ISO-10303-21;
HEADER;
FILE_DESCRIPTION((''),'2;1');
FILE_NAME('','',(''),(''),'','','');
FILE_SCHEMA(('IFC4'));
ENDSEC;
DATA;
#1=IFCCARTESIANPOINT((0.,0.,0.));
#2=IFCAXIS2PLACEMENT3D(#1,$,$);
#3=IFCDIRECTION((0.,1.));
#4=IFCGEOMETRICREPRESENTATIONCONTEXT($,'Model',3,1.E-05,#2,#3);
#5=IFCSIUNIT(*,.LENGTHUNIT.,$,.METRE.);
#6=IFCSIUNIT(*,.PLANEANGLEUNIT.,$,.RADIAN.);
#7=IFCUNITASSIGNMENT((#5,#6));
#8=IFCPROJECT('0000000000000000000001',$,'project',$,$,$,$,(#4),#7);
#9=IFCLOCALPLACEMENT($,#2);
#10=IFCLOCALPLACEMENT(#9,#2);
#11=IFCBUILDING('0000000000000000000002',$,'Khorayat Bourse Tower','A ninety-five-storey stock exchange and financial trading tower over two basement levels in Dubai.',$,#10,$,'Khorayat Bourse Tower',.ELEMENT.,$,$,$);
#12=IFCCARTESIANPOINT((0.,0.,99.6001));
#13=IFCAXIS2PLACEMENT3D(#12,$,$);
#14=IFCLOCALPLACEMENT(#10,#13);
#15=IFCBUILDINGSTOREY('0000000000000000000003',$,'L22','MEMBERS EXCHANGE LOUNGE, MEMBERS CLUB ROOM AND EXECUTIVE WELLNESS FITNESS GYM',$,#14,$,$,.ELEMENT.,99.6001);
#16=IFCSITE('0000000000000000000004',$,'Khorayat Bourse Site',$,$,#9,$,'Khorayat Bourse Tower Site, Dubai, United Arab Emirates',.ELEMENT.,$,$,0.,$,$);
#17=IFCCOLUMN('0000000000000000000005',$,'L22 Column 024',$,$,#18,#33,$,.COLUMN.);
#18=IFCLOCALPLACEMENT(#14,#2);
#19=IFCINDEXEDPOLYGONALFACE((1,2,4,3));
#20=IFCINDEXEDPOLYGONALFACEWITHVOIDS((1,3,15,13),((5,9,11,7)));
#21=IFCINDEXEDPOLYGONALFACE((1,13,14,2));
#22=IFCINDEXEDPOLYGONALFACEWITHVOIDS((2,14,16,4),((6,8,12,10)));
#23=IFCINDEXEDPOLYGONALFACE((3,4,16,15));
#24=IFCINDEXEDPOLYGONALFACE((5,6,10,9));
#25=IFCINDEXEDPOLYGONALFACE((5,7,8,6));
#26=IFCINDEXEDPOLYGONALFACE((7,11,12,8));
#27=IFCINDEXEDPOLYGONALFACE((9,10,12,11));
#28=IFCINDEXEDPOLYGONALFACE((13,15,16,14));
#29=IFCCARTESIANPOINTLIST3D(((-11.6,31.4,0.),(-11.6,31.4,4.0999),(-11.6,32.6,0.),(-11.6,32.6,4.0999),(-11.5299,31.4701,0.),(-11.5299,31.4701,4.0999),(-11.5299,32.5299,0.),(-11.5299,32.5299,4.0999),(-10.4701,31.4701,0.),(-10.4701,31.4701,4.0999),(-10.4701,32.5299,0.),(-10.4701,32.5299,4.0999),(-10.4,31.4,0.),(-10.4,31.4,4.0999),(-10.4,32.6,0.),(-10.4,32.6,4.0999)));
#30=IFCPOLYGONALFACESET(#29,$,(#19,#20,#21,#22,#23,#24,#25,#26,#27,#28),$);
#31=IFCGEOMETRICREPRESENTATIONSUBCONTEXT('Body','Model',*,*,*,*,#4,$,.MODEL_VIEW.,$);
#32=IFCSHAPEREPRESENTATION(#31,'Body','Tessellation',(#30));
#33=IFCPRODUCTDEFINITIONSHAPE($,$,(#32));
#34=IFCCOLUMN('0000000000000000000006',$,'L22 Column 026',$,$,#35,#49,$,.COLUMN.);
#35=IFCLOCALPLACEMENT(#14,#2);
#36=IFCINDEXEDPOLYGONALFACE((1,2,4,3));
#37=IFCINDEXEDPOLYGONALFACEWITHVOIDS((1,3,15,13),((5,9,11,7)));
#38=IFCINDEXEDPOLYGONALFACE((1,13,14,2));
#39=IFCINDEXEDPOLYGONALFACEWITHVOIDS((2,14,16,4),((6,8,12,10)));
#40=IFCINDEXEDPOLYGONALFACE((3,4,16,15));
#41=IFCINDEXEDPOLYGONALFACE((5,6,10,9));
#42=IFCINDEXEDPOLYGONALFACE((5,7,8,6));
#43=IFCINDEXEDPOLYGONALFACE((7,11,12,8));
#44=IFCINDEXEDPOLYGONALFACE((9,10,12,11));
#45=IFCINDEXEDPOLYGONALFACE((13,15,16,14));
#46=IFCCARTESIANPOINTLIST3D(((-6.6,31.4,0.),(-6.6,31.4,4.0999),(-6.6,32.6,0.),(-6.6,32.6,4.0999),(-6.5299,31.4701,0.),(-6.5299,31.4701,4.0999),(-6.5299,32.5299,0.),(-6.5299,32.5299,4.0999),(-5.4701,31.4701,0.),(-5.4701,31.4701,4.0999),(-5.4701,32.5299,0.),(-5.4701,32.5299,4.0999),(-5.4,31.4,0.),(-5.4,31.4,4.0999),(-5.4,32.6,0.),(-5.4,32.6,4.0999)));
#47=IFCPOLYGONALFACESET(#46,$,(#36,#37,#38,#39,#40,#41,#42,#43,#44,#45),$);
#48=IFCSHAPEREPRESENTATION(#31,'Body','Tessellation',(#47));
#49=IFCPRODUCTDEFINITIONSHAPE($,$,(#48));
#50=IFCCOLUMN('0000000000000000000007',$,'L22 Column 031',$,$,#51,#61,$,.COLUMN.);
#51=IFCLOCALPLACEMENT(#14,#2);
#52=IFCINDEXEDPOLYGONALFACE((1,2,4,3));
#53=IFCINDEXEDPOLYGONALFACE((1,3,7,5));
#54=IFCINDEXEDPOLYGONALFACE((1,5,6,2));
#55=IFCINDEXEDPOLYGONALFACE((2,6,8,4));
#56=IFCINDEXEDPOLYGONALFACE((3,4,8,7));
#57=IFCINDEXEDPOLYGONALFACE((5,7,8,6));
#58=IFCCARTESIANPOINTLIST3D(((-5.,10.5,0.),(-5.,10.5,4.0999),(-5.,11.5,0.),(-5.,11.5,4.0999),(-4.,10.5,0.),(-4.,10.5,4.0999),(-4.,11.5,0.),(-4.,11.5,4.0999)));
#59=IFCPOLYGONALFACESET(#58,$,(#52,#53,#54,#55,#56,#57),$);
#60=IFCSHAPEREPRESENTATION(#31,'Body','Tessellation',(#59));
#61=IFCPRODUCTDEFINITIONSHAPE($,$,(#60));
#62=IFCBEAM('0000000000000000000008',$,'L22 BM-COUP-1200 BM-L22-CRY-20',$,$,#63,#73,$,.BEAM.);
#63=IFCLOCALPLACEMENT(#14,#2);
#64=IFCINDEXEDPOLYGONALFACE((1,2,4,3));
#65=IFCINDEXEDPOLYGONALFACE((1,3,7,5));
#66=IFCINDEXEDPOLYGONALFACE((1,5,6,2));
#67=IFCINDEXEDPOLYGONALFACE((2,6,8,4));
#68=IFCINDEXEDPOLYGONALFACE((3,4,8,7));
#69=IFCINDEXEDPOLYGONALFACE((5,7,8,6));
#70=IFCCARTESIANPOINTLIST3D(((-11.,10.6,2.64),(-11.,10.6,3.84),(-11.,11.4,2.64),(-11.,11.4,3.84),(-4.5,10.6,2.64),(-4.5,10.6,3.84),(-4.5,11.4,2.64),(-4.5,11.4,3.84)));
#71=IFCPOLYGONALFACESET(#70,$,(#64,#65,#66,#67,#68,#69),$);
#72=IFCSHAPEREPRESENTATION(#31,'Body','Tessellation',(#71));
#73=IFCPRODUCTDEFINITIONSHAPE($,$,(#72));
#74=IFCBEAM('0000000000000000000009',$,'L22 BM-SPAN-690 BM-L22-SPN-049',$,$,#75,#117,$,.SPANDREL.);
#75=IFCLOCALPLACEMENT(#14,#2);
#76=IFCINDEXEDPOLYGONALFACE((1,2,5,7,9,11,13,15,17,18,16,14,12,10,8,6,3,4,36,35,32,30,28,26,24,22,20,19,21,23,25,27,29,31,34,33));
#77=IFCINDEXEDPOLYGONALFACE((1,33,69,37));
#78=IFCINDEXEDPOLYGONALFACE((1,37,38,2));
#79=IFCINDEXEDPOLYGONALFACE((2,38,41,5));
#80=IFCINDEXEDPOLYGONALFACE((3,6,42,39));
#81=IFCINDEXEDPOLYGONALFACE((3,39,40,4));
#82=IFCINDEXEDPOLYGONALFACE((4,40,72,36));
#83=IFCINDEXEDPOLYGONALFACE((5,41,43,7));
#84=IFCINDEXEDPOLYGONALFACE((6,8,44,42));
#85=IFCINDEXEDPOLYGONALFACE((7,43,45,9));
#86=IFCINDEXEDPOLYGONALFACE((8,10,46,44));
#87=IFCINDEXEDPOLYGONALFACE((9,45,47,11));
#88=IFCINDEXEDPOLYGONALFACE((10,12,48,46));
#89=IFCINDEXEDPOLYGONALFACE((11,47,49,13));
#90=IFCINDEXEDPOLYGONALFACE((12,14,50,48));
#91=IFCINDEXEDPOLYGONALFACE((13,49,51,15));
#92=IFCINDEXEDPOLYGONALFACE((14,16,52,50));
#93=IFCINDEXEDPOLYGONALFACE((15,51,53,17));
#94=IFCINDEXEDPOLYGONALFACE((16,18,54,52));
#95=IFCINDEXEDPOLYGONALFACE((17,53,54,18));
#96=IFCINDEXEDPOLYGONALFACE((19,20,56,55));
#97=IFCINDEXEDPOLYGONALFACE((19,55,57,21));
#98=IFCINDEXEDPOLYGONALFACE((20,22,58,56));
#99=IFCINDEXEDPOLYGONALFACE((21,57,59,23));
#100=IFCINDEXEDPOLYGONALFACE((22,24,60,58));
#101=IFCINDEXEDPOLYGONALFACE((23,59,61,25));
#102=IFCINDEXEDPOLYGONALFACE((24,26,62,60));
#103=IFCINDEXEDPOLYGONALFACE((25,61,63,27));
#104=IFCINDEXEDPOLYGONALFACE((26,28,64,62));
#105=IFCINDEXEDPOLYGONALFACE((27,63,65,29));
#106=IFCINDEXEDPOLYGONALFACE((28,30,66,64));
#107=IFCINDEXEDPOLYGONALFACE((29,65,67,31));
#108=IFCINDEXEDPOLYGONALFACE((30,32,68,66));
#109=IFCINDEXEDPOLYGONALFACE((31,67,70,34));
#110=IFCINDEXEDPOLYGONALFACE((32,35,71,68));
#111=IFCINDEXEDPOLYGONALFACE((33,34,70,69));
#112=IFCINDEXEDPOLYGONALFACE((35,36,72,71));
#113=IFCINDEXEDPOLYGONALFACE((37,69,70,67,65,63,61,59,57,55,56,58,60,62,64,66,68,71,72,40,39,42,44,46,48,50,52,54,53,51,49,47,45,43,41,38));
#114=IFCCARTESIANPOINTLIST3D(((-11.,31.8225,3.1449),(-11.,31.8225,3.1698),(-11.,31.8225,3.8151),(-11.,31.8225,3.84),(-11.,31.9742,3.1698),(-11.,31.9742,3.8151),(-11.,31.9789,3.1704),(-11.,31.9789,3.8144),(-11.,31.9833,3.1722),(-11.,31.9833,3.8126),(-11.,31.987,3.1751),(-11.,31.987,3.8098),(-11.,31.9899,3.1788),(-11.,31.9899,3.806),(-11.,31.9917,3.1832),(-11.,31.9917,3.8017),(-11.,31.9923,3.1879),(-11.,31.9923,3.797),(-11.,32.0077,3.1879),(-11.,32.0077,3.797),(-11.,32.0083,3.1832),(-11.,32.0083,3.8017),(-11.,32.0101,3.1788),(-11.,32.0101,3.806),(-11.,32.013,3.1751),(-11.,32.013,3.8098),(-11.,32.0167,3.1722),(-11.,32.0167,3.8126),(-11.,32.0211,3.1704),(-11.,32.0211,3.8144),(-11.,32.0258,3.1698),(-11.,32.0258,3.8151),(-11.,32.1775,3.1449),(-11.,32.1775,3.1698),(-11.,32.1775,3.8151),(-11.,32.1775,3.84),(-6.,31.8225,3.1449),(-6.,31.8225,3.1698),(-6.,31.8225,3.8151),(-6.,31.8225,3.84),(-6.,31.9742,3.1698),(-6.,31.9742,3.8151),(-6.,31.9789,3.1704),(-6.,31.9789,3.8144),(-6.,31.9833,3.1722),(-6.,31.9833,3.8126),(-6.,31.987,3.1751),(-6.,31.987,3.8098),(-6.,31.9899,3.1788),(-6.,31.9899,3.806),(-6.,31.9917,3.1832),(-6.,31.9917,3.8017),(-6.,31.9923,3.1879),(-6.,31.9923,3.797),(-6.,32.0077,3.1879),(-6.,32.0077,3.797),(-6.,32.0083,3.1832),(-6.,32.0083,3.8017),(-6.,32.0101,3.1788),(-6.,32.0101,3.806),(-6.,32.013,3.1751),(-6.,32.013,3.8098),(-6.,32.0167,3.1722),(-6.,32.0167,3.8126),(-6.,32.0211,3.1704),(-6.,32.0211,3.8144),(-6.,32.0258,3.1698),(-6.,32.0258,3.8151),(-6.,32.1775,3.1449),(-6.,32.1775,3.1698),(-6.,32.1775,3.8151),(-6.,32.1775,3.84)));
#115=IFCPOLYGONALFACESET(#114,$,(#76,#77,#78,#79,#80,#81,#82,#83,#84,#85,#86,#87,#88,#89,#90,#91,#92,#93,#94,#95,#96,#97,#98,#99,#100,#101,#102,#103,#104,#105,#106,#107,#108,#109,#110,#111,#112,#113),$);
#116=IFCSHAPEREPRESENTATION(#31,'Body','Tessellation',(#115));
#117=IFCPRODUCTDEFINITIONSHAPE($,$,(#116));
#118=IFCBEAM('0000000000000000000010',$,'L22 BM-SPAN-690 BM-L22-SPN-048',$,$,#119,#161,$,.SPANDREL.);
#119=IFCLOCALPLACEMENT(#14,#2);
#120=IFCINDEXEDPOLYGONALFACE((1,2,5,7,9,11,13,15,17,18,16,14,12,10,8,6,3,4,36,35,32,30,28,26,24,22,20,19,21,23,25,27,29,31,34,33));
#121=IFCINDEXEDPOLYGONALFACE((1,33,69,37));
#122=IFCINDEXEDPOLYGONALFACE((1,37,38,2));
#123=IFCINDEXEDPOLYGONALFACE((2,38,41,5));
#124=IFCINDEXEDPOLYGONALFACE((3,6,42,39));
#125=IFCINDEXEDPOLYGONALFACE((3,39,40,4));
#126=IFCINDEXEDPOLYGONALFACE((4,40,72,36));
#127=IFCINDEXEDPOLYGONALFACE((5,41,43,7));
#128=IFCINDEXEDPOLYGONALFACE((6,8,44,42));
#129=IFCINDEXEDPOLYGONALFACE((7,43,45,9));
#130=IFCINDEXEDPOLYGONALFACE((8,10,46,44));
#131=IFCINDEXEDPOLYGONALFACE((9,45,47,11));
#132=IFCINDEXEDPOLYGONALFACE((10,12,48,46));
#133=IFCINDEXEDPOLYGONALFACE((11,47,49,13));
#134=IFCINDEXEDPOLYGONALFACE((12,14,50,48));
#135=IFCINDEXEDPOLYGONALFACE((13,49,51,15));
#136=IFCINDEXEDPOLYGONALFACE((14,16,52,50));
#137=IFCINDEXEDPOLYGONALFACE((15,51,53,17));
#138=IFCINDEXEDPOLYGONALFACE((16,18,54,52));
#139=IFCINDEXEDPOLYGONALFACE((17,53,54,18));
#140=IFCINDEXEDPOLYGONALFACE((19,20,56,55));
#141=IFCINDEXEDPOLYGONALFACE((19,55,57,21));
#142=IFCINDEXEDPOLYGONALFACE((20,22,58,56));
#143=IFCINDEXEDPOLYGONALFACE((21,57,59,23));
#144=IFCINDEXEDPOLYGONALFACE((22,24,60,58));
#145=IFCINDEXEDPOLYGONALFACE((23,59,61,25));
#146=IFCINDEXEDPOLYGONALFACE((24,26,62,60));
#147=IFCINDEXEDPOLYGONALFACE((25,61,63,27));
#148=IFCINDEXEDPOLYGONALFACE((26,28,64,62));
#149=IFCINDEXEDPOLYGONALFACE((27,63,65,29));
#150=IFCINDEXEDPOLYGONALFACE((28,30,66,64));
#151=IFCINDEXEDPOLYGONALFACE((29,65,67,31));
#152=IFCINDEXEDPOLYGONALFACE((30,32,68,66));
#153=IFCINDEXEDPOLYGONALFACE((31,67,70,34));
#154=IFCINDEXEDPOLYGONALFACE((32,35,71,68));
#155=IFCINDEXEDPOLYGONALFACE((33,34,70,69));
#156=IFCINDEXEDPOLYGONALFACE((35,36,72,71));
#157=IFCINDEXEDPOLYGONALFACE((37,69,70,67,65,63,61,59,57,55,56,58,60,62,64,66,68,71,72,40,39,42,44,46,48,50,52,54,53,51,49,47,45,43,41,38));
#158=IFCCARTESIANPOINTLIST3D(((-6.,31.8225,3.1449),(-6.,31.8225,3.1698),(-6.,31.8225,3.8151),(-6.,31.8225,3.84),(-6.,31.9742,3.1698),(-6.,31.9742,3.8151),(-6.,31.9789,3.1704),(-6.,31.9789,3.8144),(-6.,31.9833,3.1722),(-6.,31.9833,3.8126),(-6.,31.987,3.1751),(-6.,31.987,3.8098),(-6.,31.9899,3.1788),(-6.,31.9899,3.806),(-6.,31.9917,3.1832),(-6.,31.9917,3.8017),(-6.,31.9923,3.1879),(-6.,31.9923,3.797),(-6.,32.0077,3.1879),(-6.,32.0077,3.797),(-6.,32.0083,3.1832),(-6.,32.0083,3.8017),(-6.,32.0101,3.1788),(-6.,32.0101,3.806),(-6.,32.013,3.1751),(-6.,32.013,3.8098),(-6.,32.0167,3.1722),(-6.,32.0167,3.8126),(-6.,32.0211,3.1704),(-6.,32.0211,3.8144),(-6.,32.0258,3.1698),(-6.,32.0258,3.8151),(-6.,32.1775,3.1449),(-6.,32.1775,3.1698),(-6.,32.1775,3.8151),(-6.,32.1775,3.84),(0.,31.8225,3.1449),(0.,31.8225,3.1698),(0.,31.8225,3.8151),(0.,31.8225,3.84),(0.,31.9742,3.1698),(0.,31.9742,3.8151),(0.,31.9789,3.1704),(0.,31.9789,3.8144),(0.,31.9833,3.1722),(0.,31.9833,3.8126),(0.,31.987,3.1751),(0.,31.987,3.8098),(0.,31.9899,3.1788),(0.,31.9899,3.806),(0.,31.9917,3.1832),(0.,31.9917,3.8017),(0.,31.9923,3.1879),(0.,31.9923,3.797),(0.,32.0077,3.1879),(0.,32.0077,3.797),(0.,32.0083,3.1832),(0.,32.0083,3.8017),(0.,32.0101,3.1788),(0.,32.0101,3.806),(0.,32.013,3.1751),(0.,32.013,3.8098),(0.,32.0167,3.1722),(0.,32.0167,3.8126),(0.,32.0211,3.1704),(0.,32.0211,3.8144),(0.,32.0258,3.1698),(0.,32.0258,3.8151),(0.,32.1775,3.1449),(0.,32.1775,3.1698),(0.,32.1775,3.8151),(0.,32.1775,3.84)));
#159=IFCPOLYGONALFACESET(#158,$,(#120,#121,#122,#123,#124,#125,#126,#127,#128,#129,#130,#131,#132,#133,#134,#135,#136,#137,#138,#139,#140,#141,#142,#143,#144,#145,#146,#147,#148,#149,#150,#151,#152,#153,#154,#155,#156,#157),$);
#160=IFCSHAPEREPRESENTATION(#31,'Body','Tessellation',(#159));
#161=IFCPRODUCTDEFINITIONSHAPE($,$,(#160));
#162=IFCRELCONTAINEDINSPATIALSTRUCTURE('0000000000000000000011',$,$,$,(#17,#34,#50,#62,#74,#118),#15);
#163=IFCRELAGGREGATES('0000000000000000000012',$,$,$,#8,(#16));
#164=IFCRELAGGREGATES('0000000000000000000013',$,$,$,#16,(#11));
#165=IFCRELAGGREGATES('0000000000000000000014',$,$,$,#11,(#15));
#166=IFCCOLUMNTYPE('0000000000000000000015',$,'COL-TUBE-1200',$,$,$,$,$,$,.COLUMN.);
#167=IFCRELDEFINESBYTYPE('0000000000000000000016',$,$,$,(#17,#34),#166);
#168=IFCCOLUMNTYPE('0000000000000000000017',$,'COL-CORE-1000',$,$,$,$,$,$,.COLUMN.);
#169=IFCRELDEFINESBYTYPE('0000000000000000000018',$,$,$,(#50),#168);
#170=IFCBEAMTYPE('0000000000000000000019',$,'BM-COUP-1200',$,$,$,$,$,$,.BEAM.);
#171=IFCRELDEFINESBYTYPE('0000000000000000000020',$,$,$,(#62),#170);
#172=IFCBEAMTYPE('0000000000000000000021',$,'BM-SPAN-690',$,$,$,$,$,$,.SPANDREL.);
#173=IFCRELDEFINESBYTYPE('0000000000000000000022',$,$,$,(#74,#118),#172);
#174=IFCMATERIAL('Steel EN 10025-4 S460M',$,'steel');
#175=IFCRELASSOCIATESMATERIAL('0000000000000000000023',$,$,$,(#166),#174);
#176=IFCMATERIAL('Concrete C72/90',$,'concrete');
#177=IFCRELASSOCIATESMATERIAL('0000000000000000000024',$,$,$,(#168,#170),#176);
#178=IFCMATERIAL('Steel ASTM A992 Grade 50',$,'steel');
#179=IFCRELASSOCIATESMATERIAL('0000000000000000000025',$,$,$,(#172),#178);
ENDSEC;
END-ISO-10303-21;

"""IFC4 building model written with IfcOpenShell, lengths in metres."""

from ifc_helpers import new_model, si_unit, direction, frame, origin, origin_2d, place, context, subcontext, project, spatial, rectangle, hollow_rectangle, i_section, extrude, source, transform, mapped, material, material_profile, profile_set, type_object, element, save


model = new_model("IFC4")

# Units and contexts
model_context = context("Model", 3, precision=1e-05, world=origin(), true_north=direction((0.0, 1.0)))
body_context = subcontext(model_context, "Body", "Model", "MODEL_VIEW")
ifc_project = project(units=[si_unit("LENGTHUNIT", "METRE"), si_unit("PLANEANGLEUNIT", "RADIAN")], contexts=[model_context])

# Site, building, storey
site_placement = place(None, origin())
site = spatial("IfcSite", under=ifc_project, at=site_placement, Name="Khorayat Bourse Site", LongName="Khorayat Bourse Tower Site, Dubai, United Arab Emirates", CompositionType="ELEMENT", RefElevation=0.0)
building_placement = place(site_placement, origin())
building = spatial("IfcBuilding", under=site, at=building_placement, Name="Khorayat Bourse Tower", Description="A ninety-five-storey stock exchange and financial trading tower over two basement levels in Dubai.", LongName="Khorayat Bourse Tower", CompositionType="ELEMENT")
storey_placement = place(building_placement, frame((0.0, 0.0, 99.6001)))
storey = spatial("IfcBuildingStorey", under=building, at=storey_placement, Name="L22", Description="MEMBERS EXCHANGE LOUNGE, MEMBERS CLUB ROOM AND EXECUTIVE WELLNESS FITNESS GYM", CompositionType="ELEMENT", Elevation=99.6001)

# Columns
ifc_material_1 = material(Name="Steel EN 10025-4 S460M", Category="steel")
ifc_material_profile_1 = material_profile(ifc_material_1, hollow_rectangle(XDim=1.2, YDim=1.2, WallThickness=0.0701, at=origin_2d()), Name="BOX 1200x1200x70")
ifc_profile_set_1 = profile_set([ifc_material_profile_1], Name="Steel EN 10025-4 S460M")
column_type_1 = type_object("IfcColumnType", Name="COL-TUBE-1200", PredefinedType="COLUMN", material=ifc_profile_set_1)
shared_shape_1 = source(origin(), body_context, "Body", "SweptSolid", [
    extrude(hollow_rectangle(XDim=1.2, YDim=1.2, WallThickness=0.0701, at=origin_2d()), origin(), (0.0, 0.0, 1.0), 4.0999),
])
for number, where, z_axis, x_axis, name in (
    (1, (-11.0, 32.0, 0.0), (0.0, 0.0, 1.0), (1.0, 0.0, 0.0), "L22 Column 024"),
    (2, (-6.0, 32.0, 0.0), (0.0, 0.0, 1.0), (1.0, 0.0, 0.0), "L22 Column 026"),
):
    element("IfcColumn", number, at=place(storey_placement, frame(where, z_axis=z_axis, x_axis=x_axis)), inside=storey, type_object=column_type_1, Name=name, PredefinedType="COLUMN", context=body_context, shape_type="MappedRepresentation", body=[
        mapped(shared_shape_1, transform((0.0, 0.0, 0.0), scale=1.0)),
    ])
ifc_material_2 = material(Name="Concrete C72/90", Category="concrete")
ifc_material_profile_2 = material_profile(ifc_material_2, rectangle(XDim=1.0, YDim=1.0, at=origin_2d()), Name="RC 1000x1000")
ifc_profile_set_2 = profile_set([ifc_material_profile_2], Name="Concrete C72/90")
column_type_2 = type_object("IfcColumnType", Name="COL-CORE-1000", PredefinedType="COLUMN", material=ifc_profile_set_2)
shared_shape_2 = source(origin(), body_context, "Body", "SweptSolid", [
    extrude(rectangle(XDim=1.0, YDim=1.0, at=origin_2d()), origin(), (0.0, 0.0, 1.0), 4.0999),
])
column_placement = place(storey_placement, frame((-4.5, 11.0, 0.0), z_axis=(0.0, 0.0, 1.0), x_axis=(1.0, 0.0, 0.0)))
element("IfcColumn", 3, at=column_placement, inside=storey, type_object=column_type_2, Name="L22 Column 031", PredefinedType="COLUMN", context=body_context, shape_type="MappedRepresentation", body=[
    mapped(shared_shape_2, transform((0.0, 0.0, 0.0), scale=1.0)),
])

# Beams
ifc_material_profile_3 = material_profile(ifc_material_2, rectangle(XDim=0.8, YDim=1.2, at=origin_2d()), Name="RC 800x1200")
ifc_profile_set_3 = profile_set([ifc_material_profile_3], Name="Concrete C72/90")
beam_type_1 = type_object("IfcBeamType", Name="BM-COUP-1200", PredefinedType="BEAM", material=ifc_profile_set_3)
shared_shape_3 = source(origin(), body_context, "Body", "SweptSolid", [
    extrude(rectangle(XDim=0.8, YDim=1.2, at=origin_2d()), origin(), (0.0, 0.0, 1.0), 6.5),
])
beam_1_placement = place(storey_placement, frame((-11.0, 11.0, 3.24), z_axis=(1.0, 0.0, 0.0), x_axis=(0.0, 1.0, 0.0)))
element("IfcBeam", 4, at=beam_1_placement, inside=storey, type_object=beam_type_1, Name="L22 BM-COUP-1200 BM-L22-CRY-20", PredefinedType="BEAM", context=body_context, shape_type="MappedRepresentation", body=[
    mapped(shared_shape_3, transform((0.0, 0.0, 0.0), scale=1.0)),
])
ifc_material_3 = material(Name="Steel ASTM A992 Grade 50", Category="steel")
ifc_material_profile_4 = material_profile(ifc_material_3, i_section(OverallWidth=0.355, OverallDepth=0.6951, WebThickness=0.0154, FlangeThickness=0.0249, FilletRadius=0.0181, at=origin_2d()), Name="W690X217")
ifc_profile_set_4 = profile_set([ifc_material_profile_4], Name="Steel ASTM A992 Grade 50")
beam_type_2 = type_object("IfcBeamType", Name="BM-SPAN-690", PredefinedType="SPANDREL", material=ifc_profile_set_4)
shared_shape_4 = source(origin(), body_context, "Body", "SweptSolid", [
    extrude(i_section(OverallWidth=0.355, OverallDepth=0.6951, WebThickness=0.0154, FlangeThickness=0.0249, FilletRadius=0.0181, at=origin_2d()), origin(), (0.0, 0.0, 1.0), 5.0),
])
beam_2_placement = place(storey_placement, frame((-11.0, 32.0, 3.4924), z_axis=(1.0, 0.0, 0.0), x_axis=(0.0, 1.0, 0.0)))
element("IfcBeam", 5, at=beam_2_placement, inside=storey, type_object=beam_type_2, Name="L22 BM-SPAN-690 BM-L22-SPN-049", PredefinedType="SPANDREL", context=body_context, shape_type="MappedRepresentation", body=[
    mapped(shared_shape_4, transform((0.0, 0.0, 0.0), scale=1.0)),
])
shared_shape_5 = source(origin(), body_context, "Body", "SweptSolid", [
    extrude(i_section(OverallWidth=0.355, OverallDepth=0.6951, WebThickness=0.0154, FlangeThickness=0.0249, FilletRadius=0.0181, at=origin_2d()), origin(), (0.0, 0.0, 1.0), 6.0),
])
beam_3_placement = place(storey_placement, frame((-6.0, 32.0, 3.4924), z_axis=(1.0, 0.0, 0.0), x_axis=(0.0, 1.0, 0.0)))
element("IfcBeam", 6, at=beam_3_placement, inside=storey, type_object=beam_type_2, Name="L22 BM-SPAN-690 BM-L22-SPN-048", PredefinedType="SPANDREL", context=body_context, shape_type="MappedRepresentation", body=[
    mapped(shared_shape_5, transform((0.0, 0.0, 0.0), scale=1.0)),
])

save(model, "model.ifc")
